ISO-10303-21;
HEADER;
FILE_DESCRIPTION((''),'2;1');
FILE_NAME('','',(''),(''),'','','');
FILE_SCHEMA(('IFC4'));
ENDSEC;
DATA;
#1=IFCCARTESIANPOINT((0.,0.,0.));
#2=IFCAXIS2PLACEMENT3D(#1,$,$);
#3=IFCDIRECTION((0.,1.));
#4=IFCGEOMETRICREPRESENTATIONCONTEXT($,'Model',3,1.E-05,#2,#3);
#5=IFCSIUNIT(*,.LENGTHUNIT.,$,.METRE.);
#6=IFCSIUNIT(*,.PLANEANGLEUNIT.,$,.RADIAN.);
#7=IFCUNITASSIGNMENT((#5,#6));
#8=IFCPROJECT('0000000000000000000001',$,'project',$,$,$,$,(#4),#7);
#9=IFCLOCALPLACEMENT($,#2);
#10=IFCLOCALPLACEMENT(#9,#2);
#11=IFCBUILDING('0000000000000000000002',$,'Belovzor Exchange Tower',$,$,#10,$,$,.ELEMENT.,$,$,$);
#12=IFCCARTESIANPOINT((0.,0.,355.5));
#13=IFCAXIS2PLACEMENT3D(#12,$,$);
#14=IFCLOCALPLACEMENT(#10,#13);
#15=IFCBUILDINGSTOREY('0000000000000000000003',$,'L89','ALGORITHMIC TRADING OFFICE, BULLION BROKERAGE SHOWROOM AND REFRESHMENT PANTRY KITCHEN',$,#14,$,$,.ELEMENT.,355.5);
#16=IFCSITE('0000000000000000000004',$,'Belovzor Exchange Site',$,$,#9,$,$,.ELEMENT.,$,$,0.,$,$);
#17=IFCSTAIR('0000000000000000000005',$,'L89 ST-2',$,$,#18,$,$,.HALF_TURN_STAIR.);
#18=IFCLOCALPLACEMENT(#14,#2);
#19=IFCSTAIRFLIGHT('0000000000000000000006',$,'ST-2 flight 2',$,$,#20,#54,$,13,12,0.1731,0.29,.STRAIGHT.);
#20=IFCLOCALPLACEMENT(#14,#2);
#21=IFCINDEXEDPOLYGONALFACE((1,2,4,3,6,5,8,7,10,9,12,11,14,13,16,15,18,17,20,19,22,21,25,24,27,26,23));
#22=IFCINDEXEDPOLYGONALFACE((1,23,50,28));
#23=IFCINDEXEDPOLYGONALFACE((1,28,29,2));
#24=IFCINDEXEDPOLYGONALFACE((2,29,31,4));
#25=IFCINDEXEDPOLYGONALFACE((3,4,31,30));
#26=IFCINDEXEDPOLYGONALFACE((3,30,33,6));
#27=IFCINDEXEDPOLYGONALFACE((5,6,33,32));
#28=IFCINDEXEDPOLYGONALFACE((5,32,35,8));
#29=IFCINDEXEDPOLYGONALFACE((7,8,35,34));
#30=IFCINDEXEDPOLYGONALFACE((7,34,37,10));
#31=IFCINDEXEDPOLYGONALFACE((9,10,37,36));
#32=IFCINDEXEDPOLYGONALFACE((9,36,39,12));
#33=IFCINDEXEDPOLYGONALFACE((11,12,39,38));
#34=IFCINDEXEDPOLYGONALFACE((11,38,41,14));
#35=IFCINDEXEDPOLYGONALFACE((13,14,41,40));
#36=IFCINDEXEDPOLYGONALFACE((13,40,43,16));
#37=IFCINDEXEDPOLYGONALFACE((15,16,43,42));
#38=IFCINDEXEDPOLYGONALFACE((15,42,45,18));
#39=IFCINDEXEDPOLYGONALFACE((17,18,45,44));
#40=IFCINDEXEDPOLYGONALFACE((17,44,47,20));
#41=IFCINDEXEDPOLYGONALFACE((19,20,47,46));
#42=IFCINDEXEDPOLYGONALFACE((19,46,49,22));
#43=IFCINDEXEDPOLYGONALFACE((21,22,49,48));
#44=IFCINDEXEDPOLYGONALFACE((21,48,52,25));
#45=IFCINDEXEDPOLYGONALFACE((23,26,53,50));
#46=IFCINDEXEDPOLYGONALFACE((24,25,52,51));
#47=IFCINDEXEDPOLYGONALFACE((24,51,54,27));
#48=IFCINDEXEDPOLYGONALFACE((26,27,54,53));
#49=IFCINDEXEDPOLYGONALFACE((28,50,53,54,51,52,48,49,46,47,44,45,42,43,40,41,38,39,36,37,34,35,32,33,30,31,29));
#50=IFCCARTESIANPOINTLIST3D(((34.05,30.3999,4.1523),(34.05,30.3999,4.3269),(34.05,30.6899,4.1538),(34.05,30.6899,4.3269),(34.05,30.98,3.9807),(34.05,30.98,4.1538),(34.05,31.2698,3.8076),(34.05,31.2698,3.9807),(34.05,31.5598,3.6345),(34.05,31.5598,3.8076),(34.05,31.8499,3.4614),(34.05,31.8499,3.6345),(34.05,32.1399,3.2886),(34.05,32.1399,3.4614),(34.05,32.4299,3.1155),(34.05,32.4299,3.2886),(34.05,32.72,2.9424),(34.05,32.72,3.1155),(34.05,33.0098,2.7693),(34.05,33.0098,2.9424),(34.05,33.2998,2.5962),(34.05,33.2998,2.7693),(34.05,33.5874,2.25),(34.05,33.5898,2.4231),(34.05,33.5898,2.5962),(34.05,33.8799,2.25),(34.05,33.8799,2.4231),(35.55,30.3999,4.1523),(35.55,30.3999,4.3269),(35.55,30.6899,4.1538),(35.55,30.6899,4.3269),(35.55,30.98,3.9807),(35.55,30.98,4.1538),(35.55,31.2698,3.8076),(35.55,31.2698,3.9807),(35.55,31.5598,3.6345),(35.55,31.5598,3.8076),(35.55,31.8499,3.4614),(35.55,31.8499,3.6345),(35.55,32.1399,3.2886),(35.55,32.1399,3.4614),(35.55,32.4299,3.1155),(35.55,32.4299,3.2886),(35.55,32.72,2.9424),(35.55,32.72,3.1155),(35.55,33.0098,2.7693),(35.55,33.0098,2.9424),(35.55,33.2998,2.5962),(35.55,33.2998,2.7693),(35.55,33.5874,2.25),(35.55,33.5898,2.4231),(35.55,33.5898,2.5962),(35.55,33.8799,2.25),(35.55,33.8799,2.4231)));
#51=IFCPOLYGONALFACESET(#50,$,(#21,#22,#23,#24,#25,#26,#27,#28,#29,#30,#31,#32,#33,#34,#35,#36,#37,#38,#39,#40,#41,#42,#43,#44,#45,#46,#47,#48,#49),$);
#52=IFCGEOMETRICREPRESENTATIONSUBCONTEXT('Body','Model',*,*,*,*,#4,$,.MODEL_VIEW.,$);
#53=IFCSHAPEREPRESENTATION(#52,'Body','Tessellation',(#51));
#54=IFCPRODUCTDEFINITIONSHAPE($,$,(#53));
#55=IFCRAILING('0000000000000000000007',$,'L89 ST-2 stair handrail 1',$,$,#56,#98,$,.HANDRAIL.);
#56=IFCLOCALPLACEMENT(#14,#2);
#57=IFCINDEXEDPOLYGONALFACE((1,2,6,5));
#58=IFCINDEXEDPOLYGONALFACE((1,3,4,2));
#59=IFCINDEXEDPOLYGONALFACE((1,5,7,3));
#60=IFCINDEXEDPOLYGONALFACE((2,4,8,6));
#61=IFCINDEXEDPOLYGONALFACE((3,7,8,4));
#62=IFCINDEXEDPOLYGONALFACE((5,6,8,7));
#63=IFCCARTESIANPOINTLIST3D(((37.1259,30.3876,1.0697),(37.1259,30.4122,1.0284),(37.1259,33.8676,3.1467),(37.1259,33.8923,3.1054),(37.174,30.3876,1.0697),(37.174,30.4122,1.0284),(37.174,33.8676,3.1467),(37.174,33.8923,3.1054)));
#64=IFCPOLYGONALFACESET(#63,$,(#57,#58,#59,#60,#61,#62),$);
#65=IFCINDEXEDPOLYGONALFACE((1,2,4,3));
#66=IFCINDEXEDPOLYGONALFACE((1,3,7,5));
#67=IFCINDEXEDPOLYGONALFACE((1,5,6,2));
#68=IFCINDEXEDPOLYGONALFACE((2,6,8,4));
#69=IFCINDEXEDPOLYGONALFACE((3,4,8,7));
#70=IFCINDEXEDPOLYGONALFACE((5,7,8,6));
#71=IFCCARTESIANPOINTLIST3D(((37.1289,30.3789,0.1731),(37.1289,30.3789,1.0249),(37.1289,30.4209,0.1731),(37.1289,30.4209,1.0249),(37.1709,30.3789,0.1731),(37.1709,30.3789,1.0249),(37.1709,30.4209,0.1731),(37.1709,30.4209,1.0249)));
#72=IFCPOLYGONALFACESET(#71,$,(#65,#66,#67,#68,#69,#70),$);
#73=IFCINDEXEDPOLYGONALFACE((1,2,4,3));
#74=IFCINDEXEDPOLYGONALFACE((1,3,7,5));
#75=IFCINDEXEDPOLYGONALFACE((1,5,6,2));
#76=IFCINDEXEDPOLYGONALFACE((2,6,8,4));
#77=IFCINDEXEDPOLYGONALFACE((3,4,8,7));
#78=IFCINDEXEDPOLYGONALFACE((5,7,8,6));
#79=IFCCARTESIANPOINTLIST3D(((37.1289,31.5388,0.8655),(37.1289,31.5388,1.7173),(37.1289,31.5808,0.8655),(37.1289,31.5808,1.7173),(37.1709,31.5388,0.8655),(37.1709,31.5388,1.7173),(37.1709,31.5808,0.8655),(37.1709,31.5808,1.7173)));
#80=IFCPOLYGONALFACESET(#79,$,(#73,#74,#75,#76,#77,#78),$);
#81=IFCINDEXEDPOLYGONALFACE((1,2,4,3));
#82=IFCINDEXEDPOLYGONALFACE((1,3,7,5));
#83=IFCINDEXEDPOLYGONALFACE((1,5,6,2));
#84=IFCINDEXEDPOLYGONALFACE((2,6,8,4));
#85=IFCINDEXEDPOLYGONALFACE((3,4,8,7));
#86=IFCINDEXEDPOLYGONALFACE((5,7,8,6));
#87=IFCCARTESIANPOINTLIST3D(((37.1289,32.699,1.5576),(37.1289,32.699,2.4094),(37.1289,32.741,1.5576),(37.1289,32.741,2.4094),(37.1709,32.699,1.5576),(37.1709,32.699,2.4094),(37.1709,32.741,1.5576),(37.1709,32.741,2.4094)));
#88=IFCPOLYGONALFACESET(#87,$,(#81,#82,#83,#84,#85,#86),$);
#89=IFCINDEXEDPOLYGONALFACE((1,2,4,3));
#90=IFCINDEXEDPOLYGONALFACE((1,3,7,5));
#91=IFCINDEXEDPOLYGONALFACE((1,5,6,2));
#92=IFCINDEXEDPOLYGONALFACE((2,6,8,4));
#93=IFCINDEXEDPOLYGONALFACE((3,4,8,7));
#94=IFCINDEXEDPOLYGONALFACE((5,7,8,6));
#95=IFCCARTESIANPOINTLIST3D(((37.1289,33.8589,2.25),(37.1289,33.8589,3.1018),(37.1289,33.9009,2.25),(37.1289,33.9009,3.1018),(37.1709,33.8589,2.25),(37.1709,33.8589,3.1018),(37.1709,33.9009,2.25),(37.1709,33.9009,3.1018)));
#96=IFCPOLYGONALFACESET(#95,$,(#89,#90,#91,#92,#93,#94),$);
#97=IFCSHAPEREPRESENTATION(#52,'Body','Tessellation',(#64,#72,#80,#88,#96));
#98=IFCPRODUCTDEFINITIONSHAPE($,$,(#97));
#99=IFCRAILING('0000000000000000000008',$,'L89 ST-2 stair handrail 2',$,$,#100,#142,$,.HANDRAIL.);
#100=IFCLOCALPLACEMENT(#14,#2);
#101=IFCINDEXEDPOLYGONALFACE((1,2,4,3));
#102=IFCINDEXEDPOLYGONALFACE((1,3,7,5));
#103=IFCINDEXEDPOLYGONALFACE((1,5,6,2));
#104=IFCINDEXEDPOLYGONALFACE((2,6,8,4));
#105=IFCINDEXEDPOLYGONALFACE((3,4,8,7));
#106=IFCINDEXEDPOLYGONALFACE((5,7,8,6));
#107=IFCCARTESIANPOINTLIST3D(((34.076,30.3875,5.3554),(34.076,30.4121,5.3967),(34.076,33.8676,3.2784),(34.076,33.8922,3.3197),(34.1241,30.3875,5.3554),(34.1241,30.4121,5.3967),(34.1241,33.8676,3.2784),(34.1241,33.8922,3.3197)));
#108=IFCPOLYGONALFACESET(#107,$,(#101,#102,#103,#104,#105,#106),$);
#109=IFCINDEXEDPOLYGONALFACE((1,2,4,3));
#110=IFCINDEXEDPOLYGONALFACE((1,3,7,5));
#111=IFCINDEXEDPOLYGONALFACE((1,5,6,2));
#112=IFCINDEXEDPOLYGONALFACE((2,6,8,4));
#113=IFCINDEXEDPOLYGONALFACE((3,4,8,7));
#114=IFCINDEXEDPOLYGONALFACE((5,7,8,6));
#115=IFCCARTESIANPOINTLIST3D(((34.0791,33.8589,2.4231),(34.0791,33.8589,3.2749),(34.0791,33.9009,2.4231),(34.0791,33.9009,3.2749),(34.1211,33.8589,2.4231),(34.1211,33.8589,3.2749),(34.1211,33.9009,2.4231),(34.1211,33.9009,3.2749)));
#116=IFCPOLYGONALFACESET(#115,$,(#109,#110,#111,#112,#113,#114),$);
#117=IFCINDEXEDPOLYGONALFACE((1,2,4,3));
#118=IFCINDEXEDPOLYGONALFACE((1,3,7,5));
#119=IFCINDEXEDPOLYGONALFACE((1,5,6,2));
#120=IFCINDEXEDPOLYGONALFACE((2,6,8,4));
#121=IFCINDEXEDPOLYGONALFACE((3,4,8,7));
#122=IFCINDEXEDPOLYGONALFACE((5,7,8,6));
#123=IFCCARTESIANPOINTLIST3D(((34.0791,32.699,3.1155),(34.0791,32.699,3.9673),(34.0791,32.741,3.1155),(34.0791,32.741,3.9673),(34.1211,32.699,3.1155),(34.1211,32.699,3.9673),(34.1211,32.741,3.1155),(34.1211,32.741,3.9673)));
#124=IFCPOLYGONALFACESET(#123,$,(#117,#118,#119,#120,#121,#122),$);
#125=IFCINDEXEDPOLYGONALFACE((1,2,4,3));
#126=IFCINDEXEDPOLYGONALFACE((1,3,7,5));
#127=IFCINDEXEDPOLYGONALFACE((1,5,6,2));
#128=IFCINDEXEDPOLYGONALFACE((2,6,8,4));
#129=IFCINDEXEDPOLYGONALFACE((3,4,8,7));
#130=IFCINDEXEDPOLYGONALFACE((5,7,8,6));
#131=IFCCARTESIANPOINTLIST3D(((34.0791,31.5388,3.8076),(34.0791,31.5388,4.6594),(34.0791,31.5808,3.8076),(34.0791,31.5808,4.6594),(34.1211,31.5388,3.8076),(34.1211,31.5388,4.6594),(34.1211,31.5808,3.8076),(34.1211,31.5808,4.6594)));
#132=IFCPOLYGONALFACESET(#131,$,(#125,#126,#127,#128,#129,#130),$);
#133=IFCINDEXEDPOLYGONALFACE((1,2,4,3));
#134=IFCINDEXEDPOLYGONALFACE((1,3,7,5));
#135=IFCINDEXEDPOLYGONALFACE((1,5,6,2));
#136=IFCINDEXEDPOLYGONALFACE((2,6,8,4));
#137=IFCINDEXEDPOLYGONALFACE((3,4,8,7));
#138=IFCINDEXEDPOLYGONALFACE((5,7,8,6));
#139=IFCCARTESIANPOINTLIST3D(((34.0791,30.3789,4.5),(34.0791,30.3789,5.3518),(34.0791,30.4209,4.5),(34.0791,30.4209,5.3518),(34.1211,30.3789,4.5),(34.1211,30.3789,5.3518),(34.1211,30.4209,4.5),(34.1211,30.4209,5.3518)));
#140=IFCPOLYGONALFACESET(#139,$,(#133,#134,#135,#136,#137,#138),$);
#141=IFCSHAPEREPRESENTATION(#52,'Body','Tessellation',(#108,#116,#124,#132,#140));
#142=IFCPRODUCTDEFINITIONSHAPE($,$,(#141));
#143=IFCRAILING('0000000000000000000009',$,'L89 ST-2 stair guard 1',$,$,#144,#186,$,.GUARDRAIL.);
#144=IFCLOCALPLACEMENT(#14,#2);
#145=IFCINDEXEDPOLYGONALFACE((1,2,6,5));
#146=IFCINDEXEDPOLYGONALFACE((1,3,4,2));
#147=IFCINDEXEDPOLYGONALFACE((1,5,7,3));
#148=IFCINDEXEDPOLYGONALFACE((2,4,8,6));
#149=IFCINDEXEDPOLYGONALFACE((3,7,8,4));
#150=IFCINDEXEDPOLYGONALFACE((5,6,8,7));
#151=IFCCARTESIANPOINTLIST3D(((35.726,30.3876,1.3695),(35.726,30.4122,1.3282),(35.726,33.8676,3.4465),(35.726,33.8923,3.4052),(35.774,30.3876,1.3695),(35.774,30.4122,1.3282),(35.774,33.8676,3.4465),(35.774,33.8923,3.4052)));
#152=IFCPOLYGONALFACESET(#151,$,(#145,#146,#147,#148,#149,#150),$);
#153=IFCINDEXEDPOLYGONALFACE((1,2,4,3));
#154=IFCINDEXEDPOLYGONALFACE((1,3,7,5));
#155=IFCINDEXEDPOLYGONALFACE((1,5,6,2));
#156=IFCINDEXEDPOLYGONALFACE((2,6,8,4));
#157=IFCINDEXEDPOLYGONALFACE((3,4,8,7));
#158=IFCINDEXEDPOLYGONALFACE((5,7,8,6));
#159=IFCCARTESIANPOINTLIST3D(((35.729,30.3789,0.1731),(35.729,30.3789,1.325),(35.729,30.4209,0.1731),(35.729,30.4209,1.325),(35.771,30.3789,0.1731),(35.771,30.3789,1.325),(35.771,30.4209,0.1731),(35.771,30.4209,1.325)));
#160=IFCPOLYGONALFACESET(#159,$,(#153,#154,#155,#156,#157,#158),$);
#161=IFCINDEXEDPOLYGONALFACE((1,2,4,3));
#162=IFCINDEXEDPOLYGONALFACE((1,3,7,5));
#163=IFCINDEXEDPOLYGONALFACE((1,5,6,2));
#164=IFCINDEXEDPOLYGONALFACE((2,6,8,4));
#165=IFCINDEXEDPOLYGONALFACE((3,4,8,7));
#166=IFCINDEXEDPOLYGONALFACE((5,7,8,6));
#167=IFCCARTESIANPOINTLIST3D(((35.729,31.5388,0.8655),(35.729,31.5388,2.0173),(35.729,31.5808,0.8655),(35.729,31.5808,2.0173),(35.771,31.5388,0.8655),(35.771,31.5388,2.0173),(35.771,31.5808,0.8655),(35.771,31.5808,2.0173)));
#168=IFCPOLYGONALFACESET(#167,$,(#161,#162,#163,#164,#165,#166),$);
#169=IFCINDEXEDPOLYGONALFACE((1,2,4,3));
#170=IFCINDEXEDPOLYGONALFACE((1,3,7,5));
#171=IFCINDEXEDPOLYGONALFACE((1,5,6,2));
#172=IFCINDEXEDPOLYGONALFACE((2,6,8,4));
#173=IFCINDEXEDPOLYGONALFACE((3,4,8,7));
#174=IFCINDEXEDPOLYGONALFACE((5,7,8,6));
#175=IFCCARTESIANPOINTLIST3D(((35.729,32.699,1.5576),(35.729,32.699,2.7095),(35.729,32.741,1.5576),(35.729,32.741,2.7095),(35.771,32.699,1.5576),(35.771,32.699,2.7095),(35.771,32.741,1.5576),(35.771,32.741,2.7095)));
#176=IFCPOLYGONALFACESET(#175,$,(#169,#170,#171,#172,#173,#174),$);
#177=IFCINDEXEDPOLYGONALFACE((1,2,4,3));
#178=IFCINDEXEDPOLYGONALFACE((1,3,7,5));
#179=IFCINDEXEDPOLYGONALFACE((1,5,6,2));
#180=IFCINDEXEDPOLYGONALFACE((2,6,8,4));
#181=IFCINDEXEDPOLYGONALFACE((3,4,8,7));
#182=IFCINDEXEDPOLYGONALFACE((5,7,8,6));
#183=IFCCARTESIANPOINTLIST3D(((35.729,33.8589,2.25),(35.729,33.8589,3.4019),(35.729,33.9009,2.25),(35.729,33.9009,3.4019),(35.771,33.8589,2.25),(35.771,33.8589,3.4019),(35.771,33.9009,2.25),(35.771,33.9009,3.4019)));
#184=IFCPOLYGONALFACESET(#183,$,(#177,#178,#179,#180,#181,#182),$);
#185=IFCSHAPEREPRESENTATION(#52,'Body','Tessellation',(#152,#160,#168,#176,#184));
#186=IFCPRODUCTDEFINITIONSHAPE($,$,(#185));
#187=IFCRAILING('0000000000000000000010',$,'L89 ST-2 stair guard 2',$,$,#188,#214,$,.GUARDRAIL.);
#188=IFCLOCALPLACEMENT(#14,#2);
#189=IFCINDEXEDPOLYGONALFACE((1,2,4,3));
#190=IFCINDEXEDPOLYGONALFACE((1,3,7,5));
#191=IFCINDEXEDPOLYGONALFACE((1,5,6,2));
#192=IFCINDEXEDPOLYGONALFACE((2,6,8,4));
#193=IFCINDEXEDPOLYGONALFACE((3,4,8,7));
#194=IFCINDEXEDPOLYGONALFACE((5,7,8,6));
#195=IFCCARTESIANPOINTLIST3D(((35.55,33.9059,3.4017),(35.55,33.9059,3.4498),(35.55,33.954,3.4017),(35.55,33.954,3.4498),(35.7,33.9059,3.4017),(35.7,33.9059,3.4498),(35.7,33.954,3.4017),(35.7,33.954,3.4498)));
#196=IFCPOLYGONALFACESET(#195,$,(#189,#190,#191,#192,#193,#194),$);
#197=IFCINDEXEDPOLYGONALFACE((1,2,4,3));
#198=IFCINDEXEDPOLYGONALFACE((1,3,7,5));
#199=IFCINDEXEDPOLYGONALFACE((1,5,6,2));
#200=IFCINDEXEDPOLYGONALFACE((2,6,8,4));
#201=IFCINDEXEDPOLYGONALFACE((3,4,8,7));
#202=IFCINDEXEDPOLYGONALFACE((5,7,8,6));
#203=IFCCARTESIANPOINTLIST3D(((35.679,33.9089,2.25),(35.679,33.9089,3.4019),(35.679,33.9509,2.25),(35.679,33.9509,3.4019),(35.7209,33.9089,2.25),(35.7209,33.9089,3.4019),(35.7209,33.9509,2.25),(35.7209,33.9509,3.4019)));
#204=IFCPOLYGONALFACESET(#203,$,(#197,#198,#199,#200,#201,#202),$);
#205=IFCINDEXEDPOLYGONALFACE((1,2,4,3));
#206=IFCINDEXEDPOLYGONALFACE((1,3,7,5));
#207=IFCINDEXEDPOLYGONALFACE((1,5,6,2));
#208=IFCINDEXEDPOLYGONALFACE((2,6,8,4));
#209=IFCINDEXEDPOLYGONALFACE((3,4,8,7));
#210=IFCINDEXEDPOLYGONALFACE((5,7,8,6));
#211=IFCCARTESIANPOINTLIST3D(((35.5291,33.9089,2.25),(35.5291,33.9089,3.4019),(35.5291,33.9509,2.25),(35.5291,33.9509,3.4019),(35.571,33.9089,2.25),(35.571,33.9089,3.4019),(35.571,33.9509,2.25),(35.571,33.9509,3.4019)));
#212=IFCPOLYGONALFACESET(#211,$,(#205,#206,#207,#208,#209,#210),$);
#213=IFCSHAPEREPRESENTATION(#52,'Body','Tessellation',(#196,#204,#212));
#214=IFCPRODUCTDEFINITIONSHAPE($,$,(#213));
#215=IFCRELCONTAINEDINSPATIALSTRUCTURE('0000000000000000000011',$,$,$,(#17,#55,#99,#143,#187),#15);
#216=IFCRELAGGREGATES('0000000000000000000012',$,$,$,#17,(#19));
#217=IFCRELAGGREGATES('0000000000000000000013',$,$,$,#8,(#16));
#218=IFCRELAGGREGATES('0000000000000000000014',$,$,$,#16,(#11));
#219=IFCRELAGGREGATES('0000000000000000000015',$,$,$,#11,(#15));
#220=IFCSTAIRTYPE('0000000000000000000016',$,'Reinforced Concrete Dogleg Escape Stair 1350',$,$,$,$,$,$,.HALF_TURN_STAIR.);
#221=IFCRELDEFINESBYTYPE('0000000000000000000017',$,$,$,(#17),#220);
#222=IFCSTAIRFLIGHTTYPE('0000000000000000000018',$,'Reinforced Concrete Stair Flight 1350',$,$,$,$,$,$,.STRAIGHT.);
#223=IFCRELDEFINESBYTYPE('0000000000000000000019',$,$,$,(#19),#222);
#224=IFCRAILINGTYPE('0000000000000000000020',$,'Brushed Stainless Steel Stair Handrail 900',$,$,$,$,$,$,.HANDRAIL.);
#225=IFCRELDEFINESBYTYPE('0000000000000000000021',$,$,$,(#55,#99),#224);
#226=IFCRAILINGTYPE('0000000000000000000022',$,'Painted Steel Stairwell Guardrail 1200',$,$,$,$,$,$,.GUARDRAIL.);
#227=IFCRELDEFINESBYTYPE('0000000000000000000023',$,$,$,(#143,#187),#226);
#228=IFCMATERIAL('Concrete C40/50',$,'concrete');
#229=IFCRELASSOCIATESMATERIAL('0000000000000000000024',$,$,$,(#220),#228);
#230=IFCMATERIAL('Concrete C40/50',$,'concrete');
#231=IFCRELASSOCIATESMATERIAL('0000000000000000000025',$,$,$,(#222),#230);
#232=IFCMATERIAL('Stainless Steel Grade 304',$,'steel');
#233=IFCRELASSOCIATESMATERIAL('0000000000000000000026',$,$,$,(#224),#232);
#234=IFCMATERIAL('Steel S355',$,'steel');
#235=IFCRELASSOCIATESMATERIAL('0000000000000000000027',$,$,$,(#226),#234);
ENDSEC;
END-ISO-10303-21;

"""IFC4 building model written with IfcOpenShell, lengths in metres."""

from ifc_helpers import new_model, si_unit, direction, frame, origin, origin_2d, place, context, subcontext, project, spatial, polyline, rectangle, outline, extrude, material, type_object, element, aggregate, save


model = new_model("IFC4")

# Units and contexts
model_context = context("Model", 3, precision=1e-05, world=origin(), true_north=direction((0.0, 1.0)))
body_context = subcontext(model_context, "Body", "Model", "MODEL_VIEW")
ifc_project = project(units=[si_unit("LENGTHUNIT", "METRE"), si_unit("PLANEANGLEUNIT", "RADIAN")], contexts=[model_context])

# Site, building, storey
site_placement = place(None, origin())
site = spatial("IfcSite", under=ifc_project, at=site_placement, Name="Belovzor Exchange Site", CompositionType="ELEMENT", RefElevation=0.0)
building_placement = place(site_placement, origin())
building = spatial("IfcBuilding", under=site, at=building_placement, Name="Belovzor Exchange Tower", CompositionType="ELEMENT")
storey_placement = place(building_placement, frame((0.0, 0.0, 355.5)))
storey = spatial("IfcBuildingStorey", under=building, at=storey_placement, Name="L89", Description="ALGORITHMIC TRADING OFFICE, BULLION BROKERAGE SHOWROOM AND REFRESHMENT PANTRY KITCHEN", CompositionType="ELEMENT", Elevation=355.5)

# Stair, stair flight
ifc_material_1 = material(Name="Concrete C40/50", Category="concrete")
stair_type = type_object("IfcStairType", Name="Reinforced Concrete Dogleg Escape Stair 1350", PredefinedType="HALF_TURN_STAIR", material=ifc_material_1)
stair_placement = place(storey_placement, origin())
stair = element("IfcStair", 1, at=stair_placement, inside=storey, type_object=stair_type, Name="L89 ST-2", PredefinedType="HALF_TURN_STAIR")
ifc_material_2 = material(Name="Concrete C40/50", Category="concrete")
stair_flight_type = type_object("IfcStairFlightType", Name="Reinforced Concrete Stair Flight 1350", PredefinedType="STRAIGHT", material=ifc_material_2)
stair_flight_1_placement = place(storey_placement, frame((34.8, 33.8799, 2.25), z_axis=(0.0, 0.0, 1.0), x_axis=(0.0, -1.0, 0.0)))
stair_flight_1 = element("IfcStairFlight", 2, at=stair_flight_1_placement, type_object=stair_flight_type, Name="ST-2 flight 2", NumberOfRisers=13, NumberOfTreads=12, PredefinedType="STRAIGHT", RiserHeight=0.1731, TreadLength=0.29, context=body_context, shape_type="SweptSolid", body=[
    extrude(outline(polyline([(0.0, 0.0), (0.0, 0.1731), (0.29, 0.1731), (0.29, 0.3462), (0.5801, 0.3462), (0.5801, 0.5193), (0.8701, 0.5193), (0.8701, 0.6924), (1.1599, 0.6924), (1.1599, 0.8655), (1.45, 0.8655), (1.45, 1.0386), (1.74, 1.0386), (1.74, 1.2114), (2.03, 1.2114), (2.03, 1.3845), (2.3201, 1.3845), (2.3201, 1.5576), (2.6101, 1.5576), (2.6101, 1.7307), (2.8999, 1.7307), (2.8999, 1.9038), (3.1899, 1.9038), (3.1899, 2.0769), (3.48, 2.0769), (3.48, 2.25), (3.48, 1.9023), (0.2925, 0.0), (0.0, 0.0)])), frame((0.0, 0.75, 0.0), z_axis=(0.0, -1.0, 0.0), x_axis=(1.0, 0.0, 0.0)), (0.0, 0.0, 1.0), 1.5),
])
aggregate(stair, [stair_flight_1])

# Railings
ifc_material_3 = material(Name="Stainless Steel Grade 304", Category="steel")
railing_type_1 = type_object("IfcRailingType", Name="Brushed Stainless Steel Stair Handrail 900", PredefinedType="HANDRAIL", material=ifc_material_3)
railing_1_placement = place(storey_placement, frame((37.1499, 30.3999, 0.1731)))
element("IfcRailing", 3, at=railing_1_placement, inside=storey, type_object=railing_type_1, Name="L89 ST-2 stair handrail 1", PredefinedType="HANDRAIL", context=body_context, shape_type="SweptSolid", body=[
    extrude(rectangle(XDim=0.0481, YDim=0.0481, at=origin_2d()), frame((0.0, 0.0, 0.876), z_axis=(0.0, 0.858697, 0.512483), x_axis=(-1.0, 0.0, 0.0)), (0.0, 0.0, 1.0), 4.0527),
    extrude(rectangle(XDim=0.042, YDim=0.042, at=origin_2d()), origin(), (0.0, 0.0, 1.0), 0.8518),
    extrude(rectangle(XDim=0.042, YDim=0.042, at=origin_2d()), frame((0.0, 1.1599, 0.6924)), (0.0, 0.0, 1.0), 0.8518),
    extrude(rectangle(XDim=0.042, YDim=0.042, at=origin_2d()), frame((0.0, 2.3201, 1.3845)), (0.0, 0.0, 1.0), 0.8518),
    extrude(rectangle(XDim=0.042, YDim=0.042, at=origin_2d()), frame((0.0, 3.48, 2.0769)), (0.0, 0.0, 1.0), 0.8518),
])
railing_2_placement = place(storey_placement, frame((34.1001, 33.8799, 2.4231)))
element("IfcRailing", 4, at=railing_2_placement, inside=storey, type_object=railing_type_1, Name="L89 ST-2 stair handrail 2", PredefinedType="HANDRAIL", context=body_context, shape_type="SweptSolid", body=[
    extrude(rectangle(XDim=0.0481, YDim=0.0481, at=origin_2d()), frame((0.0, 0.0, 0.876), z_axis=(0.0, -0.858697, 0.512483), x_axis=(1.0, 0.0, 0.0)), (0.0, 0.0, 1.0), 4.0527),
    extrude(rectangle(XDim=0.042, YDim=0.042, at=origin_2d()), origin(), (0.0, 0.0, 1.0), 0.8518),
    extrude(rectangle(XDim=0.042, YDim=0.042, at=origin_2d()), frame((0.0, -1.1599, 0.6924)), (0.0, 0.0, 1.0), 0.8518),
    extrude(rectangle(XDim=0.042, YDim=0.042, at=origin_2d()), frame((0.0, -2.3201, 1.3845)), (0.0, 0.0, 1.0), 0.8518),
    extrude(rectangle(XDim=0.042, YDim=0.042, at=origin_2d()), frame((0.0, -3.48, 2.0769)), (0.0, 0.0, 1.0), 0.8518),
])
ifc_material_4 = material(Name="Steel S355", Category="steel")
railing_type_2 = type_object("IfcRailingType", Name="Painted Steel Stairwell Guardrail 1200", PredefinedType="GUARDRAIL", material=ifc_material_4)
railing_3_placement = place(storey_placement, frame((35.75, 30.3999, 0.1731)))
element("IfcRailing", 5, at=railing_3_placement, inside=storey, type_object=railing_type_2, Name="L89 ST-2 stair guard 1", PredefinedType="GUARDRAIL", context=body_context, shape_type="SweptSolid", body=[
    extrude(rectangle(XDim=0.0481, YDim=0.0481, at=origin_2d()), frame((0.0, 0.0, 1.1758), z_axis=(0.0, 0.858697, 0.512483), x_axis=(-1.0, 0.0, 0.0)), (0.0, 0.0, 1.0), 4.0527),
    extrude(rectangle(XDim=0.042, YDim=0.042, at=origin_2d()), origin(), (0.0, 0.0, 1.0), 1.1519),
    extrude(rectangle(XDim=0.042, YDim=0.042, at=origin_2d()), frame((0.0, 1.1599, 0.6924)), (0.0, 0.0, 1.0), 1.1519),
    extrude(rectangle(XDim=0.042, YDim=0.042, at=origin_2d()), frame((0.0, 2.3201, 1.3845)), (0.0, 0.0, 1.0), 1.1519),
    extrude(rectangle(XDim=0.042, YDim=0.042, at=origin_2d()), frame((0.0, 3.48, 2.0769)), (0.0, 0.0, 1.0), 1.1519),
])
railing_4_placement = place(storey_placement, frame((35.7, 33.9299, 2.25)))
element("IfcRailing", 6, at=railing_4_placement, inside=storey, type_object=railing_type_2, Name="L89 ST-2 stair guard 2", PredefinedType="GUARDRAIL", context=body_context, shape_type="SweptSolid", body=[
    extrude(rectangle(XDim=0.0481, YDim=0.0481, at=origin_2d()), frame((0.0, 0.0, 1.1758), z_axis=(-1.0, 0.0, 0.0), x_axis=(0.0, -1.0, 0.0)), (0.0, 0.0, 1.0), 0.1499),
    extrude(rectangle(XDim=0.042, YDim=0.042, at=origin_2d()), origin(), (0.0, 0.0, 1.0), 1.1519),
    extrude(rectangle(XDim=0.042, YDim=0.042, at=origin_2d()), frame((-0.1499, 0.0, 0.0)), (0.0, 0.0, 1.0), 1.1519),
])

save(model, "model.ifc")
